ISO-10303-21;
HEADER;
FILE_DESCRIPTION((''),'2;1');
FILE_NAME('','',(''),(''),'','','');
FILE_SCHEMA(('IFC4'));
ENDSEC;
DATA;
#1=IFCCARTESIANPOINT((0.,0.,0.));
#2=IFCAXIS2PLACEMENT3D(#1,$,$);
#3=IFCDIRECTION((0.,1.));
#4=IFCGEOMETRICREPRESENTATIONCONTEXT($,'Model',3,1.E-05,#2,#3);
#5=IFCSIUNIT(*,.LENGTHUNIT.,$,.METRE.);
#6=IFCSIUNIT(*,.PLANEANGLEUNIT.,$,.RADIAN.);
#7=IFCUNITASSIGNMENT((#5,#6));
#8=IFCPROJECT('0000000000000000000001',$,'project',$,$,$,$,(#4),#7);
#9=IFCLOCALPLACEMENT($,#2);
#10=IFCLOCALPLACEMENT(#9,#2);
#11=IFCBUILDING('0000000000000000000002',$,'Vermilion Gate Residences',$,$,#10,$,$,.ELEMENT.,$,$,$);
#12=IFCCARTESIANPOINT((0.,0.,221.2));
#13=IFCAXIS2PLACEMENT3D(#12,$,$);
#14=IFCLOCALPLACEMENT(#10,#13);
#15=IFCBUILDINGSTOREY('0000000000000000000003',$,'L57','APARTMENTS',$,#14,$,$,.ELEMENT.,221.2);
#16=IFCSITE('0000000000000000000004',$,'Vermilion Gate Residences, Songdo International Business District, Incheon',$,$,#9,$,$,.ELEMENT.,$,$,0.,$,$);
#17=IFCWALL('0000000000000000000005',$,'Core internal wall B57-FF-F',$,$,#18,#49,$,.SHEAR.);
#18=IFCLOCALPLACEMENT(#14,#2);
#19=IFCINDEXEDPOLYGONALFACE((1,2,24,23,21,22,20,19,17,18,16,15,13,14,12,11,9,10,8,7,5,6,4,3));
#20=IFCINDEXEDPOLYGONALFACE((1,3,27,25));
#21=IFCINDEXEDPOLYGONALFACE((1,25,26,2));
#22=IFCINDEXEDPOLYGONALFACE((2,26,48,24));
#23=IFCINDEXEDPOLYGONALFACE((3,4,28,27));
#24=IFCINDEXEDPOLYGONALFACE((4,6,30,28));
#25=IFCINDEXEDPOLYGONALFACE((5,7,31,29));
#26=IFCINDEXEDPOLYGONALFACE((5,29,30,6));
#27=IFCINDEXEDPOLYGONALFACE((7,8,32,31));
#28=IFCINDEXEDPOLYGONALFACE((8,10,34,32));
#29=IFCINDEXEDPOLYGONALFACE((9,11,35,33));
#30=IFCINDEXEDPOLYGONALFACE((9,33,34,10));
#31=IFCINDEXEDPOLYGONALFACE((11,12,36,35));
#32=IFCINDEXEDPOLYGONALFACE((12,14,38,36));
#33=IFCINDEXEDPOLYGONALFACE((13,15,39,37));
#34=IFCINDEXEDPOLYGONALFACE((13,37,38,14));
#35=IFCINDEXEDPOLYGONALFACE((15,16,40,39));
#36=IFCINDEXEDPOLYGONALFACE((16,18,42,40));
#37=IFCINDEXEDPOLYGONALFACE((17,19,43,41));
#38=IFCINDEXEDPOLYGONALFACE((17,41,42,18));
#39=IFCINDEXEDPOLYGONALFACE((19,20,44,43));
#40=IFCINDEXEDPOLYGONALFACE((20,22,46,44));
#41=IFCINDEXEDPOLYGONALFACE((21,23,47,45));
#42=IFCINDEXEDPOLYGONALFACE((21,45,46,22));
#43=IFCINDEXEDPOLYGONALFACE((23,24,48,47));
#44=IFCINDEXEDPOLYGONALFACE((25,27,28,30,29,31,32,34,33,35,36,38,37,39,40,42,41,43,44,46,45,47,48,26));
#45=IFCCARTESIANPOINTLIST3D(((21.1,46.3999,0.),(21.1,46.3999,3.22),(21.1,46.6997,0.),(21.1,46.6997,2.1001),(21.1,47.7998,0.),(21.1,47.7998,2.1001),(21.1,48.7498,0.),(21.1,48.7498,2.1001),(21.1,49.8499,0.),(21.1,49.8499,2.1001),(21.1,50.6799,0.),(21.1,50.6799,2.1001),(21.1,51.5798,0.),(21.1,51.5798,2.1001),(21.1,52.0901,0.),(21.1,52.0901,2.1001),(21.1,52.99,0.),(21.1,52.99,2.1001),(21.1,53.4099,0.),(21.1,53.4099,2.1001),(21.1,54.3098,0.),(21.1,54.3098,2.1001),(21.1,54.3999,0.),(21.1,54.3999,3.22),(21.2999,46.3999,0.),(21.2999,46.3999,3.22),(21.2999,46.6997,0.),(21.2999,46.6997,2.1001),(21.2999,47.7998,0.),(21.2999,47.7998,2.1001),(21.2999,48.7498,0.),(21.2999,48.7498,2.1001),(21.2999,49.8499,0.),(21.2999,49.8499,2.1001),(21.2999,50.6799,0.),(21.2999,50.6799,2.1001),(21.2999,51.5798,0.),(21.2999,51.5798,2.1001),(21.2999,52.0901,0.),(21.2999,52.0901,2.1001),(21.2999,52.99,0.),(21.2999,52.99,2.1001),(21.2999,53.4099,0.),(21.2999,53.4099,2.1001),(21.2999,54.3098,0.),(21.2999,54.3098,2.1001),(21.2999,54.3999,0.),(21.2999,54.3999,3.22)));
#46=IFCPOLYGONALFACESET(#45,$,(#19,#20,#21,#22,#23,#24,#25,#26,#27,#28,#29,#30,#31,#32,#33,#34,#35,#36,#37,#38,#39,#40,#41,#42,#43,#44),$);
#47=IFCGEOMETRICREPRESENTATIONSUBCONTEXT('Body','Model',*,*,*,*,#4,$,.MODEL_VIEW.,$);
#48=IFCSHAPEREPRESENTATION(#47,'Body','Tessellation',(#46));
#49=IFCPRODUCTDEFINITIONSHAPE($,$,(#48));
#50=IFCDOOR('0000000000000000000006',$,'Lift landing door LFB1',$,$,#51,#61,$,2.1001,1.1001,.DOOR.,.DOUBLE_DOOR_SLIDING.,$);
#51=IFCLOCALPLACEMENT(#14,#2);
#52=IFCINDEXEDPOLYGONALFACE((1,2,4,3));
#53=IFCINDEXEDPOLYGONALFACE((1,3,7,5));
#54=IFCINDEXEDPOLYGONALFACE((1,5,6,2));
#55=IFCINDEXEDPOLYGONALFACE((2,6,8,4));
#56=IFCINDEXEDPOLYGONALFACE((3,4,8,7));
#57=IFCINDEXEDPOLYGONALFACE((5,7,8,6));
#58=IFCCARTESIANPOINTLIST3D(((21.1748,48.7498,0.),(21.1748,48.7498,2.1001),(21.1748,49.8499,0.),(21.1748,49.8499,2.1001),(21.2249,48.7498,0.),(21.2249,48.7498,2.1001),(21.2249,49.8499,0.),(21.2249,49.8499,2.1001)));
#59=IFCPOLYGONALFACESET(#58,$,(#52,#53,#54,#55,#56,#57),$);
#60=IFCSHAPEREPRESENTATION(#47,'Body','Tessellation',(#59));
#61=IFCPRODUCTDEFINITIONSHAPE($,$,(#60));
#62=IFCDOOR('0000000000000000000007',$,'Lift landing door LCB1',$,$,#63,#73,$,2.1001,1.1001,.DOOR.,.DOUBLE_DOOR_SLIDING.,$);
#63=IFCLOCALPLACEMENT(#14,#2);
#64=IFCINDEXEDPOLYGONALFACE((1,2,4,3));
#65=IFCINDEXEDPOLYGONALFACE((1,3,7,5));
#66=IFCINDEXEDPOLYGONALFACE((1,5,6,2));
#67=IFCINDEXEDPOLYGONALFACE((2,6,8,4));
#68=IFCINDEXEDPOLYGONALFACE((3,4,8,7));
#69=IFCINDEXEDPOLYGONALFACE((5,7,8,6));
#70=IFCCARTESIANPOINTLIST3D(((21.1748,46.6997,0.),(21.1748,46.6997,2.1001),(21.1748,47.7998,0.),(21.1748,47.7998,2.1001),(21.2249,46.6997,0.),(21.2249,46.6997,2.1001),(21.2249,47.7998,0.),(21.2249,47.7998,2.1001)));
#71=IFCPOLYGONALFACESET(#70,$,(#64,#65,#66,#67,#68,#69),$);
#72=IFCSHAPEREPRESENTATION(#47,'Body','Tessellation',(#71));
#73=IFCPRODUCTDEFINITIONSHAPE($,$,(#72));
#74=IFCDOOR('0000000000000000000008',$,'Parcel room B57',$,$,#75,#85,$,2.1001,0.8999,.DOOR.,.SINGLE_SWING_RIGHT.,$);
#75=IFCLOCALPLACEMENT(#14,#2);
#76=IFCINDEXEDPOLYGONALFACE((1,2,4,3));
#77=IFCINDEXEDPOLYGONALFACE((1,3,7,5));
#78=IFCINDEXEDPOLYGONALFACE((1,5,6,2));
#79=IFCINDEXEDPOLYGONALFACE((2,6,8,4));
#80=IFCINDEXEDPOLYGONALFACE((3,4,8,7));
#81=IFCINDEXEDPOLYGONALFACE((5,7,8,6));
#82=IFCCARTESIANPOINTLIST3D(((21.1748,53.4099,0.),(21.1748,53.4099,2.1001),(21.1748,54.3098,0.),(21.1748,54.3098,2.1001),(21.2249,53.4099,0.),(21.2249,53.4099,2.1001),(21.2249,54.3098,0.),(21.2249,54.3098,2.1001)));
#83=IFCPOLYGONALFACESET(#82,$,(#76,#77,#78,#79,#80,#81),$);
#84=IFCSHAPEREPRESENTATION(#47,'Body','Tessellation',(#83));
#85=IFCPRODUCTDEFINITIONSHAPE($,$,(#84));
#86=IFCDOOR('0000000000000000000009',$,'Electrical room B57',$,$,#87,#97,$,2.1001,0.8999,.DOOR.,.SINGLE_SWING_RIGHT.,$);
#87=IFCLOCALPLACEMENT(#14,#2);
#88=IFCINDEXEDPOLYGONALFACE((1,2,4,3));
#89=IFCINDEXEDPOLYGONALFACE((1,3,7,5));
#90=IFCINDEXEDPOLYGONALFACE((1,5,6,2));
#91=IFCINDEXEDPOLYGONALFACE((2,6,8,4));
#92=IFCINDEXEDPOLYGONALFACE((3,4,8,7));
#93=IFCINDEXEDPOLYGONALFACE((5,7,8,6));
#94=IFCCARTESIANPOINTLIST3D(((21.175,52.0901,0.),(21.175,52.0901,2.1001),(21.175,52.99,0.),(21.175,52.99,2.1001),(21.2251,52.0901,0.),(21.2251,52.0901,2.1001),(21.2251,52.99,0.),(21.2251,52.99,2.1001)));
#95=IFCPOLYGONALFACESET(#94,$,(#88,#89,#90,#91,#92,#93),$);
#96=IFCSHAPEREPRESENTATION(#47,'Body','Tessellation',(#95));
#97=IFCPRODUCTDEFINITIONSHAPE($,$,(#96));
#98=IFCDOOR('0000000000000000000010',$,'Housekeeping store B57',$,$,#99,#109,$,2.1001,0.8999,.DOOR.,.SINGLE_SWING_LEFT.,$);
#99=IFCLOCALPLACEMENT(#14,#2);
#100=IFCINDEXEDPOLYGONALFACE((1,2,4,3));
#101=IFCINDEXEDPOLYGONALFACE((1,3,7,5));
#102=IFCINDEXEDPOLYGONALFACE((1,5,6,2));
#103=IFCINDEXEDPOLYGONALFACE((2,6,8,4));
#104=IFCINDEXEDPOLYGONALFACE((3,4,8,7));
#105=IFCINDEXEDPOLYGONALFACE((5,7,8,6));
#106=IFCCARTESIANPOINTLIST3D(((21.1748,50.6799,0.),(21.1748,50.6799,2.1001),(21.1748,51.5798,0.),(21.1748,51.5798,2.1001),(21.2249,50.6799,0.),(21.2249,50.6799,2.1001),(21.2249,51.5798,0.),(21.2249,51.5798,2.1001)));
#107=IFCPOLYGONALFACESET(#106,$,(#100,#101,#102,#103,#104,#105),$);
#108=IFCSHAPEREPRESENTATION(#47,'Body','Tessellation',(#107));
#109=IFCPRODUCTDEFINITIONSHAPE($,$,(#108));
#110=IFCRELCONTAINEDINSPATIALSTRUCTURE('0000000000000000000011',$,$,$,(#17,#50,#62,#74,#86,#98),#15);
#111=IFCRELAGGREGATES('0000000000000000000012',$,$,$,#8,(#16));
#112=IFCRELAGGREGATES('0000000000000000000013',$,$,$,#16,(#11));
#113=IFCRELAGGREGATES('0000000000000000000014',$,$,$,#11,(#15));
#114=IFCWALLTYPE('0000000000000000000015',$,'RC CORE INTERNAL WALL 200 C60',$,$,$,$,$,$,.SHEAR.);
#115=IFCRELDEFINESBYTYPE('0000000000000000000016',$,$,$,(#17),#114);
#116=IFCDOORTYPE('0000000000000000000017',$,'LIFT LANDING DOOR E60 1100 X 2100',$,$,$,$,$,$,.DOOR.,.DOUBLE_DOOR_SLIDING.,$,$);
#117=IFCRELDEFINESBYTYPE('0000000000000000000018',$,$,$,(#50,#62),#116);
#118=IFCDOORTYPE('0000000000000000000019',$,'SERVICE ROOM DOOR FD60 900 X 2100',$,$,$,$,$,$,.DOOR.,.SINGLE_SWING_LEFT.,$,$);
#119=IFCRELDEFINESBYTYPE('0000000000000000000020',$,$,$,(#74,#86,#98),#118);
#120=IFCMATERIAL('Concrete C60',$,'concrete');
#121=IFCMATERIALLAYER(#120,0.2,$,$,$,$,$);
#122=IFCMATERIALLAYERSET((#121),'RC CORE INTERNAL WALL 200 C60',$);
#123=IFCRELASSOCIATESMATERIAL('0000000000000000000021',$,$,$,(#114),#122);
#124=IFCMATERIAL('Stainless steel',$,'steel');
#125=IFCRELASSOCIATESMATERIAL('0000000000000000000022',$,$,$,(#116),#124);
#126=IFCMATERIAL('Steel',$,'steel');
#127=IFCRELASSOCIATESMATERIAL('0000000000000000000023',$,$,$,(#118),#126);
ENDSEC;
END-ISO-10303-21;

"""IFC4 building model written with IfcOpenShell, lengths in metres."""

from ifc_helpers import new_model, si_unit, direction, frame, frame_2d, origin, place, context, subcontext, project, spatial, rectangle, extrude, material, layer, layer_set, type_object, element, fill, save


model = new_model("IFC4")

# Units and contexts
model_context = context("Model", 3, precision=1e-05, world=origin(), true_north=direction((0.0, 1.0)))
body_context = subcontext(model_context, "Body", "Model", "MODEL_VIEW")
ifc_project = project(units=[si_unit("LENGTHUNIT", "METRE"), si_unit("PLANEANGLEUNIT", "RADIAN")], contexts=[model_context])

# Site, building, storey
site_placement = place(None, origin())
site = spatial("IfcSite", under=ifc_project, at=site_placement, Name="Vermilion Gate Residences, Songdo International Business District, Incheon", CompositionType="ELEMENT", RefElevation=0.0)
building_placement = place(site_placement, origin())
building = spatial("IfcBuilding", under=site, at=building_placement, Name="Vermilion Gate Residences", CompositionType="ELEMENT")
storey_placement = place(building_placement, frame((0.0, 0.0, 221.2)))
storey = spatial("IfcBuildingStorey", under=building, at=storey_placement, Name="L57", Description="APARTMENTS", CompositionType="ELEMENT", Elevation=221.2)

# Shared definitions
ifc_material_1 = material(Name="Concrete C60", Category="concrete")
ifc_layer_1 = layer(ifc_material_1, 0.2)
ifc_layer_set_1 = layer_set([ifc_layer_1], Name="RC CORE INTERNAL WALL 200 C60")
wall_type_1 = type_object("IfcWallType", Name="RC CORE INTERNAL WALL 200 C60", PredefinedType="SHEAR", material=ifc_layer_set_1)

# Wall, openings, doors
wall_1_placement = place(storey_placement, frame((21.2, 54.3999, 0.0), z_axis=(0.0, 0.0, 1.0), x_axis=(0.0, -1.0, 0.0)))
wall_1 = element("IfcWall", 1, at=wall_1_placement, inside=storey, type_object=wall_type_1, Name="Core internal wall B57-FF-F", PredefinedType="SHEAR", context=body_context, shape_type="SweptSolid", body=[
    extrude(rectangle(XDim=8.0, YDim=0.2, at=frame_2d((4.0, 0.0))), origin(), (0.0, 0.0, 1.0), 3.22),
])
opening_1_placement = place(wall_1_placement, frame((0.0901, 0.0, 0.0)))
opening_1 = element("IfcOpeningElement", 2, at=opening_1_placement, cuts=wall_1, PredefinedType="OPENING", context=body_context, shape_type="SweptSolid", body=[
    extrude(rectangle(XDim=0.8999, YDim=2.1001, at=frame_2d((0.45, 1.05))), frame((0.0, 0.1099, 0.0), z_axis=(0.0, -1.0, 0.0), x_axis=(1.0, 0.0, 0.0)), (0.0, 0.0, 1.0), 0.22),
])
opening_2_placement = place(wall_1_placement, frame((1.4099, 0.0, 0.0)))
opening_2 = element("IfcOpeningElement", 3, at=opening_2_placement, cuts=wall_1, PredefinedType="OPENING", context=body_context, shape_type="SweptSolid", body=[
    extrude(rectangle(XDim=0.8999, YDim=2.1001, at=frame_2d((0.45, 1.05))), frame((0.0, 0.1099, 0.0), z_axis=(0.0, -1.0, 0.0), x_axis=(1.0, 0.0, 0.0)), (0.0, 0.0, 1.0), 0.22),
])
opening_3_placement = place(wall_1_placement, frame((2.8201, 0.0, 0.0)))
opening_3 = element("IfcOpeningElement", 4, at=opening_3_placement, cuts=wall_1, PredefinedType="OPENING", context=body_context, shape_type="SweptSolid", body=[
    extrude(rectangle(XDim=0.8999, YDim=2.1001, at=frame_2d((0.45, 1.05))), frame((0.0, 0.1099, 0.0), z_axis=(0.0, -1.0, 0.0), x_axis=(1.0, 0.0, 0.0)), (0.0, 0.0, 1.0), 0.22),
])
opening_4_placement = place(wall_1_placement, frame((4.55, 0.0, 0.0)))
opening_4 = element("IfcOpeningElement", 5, at=opening_4_placement, cuts=wall_1, PredefinedType="OPENING", context=body_context, shape_type="SweptSolid", body=[
    extrude(rectangle(XDim=1.1001, YDim=2.1001, at=frame_2d((0.55, 1.05))), frame((0.0, 0.1099, 0.0), z_axis=(0.0, -1.0, 0.0), x_axis=(1.0, 0.0, 0.0)), (0.0, 0.0, 1.0), 0.22),
])
opening_5_placement = place(wall_1_placement, frame((6.6001, 0.0, 0.0)))
opening_5 = element("IfcOpeningElement", 6, at=opening_5_placement, cuts=wall_1, PredefinedType="OPENING", context=body_context, shape_type="SweptSolid", body=[
    extrude(rectangle(XDim=1.1001, YDim=2.1001, at=frame_2d((0.55, 1.05))), frame((0.0, 0.1099, 0.0), z_axis=(0.0, -1.0, 0.0), x_axis=(1.0, 0.0, 0.0)), (0.0, 0.0, 1.0), 0.22),
])
ifc_material_2 = material(Name="Stainless steel", Category="steel")
door_type_1 = type_object("IfcDoorType", Name="LIFT LANDING DOOR E60 1100 X 2100", OperationType="DOUBLE_DOOR_SLIDING", PredefinedType="DOOR", material=ifc_material_2)
door_1_placement = place(opening_4_placement, origin())
door_1 = element("IfcDoor", 7, at=door_1_placement, inside=storey, type_object=door_type_1, Name="Lift landing door LFB1", OperationType="DOUBLE_DOOR_SLIDING", OverallHeight=2.1001, OverallWidth=1.1001, PredefinedType="DOOR", context=body_context, shape_type="SweptSolid", body=[
    extrude(rectangle(XDim=1.1001, YDim=2.1001, at=frame_2d((0.55, 1.05))), frame((0.0, 0.0249, 0.0), z_axis=(0.0, -1.0, 0.0), x_axis=(1.0, 0.0, 0.0)), (0.0, 0.0, 1.0), 0.05),
])
fill(opening_4, door_1)
door_2_placement = place(opening_5_placement, origin())
door_2 = element("IfcDoor", 8, at=door_2_placement, inside=storey, type_object=door_type_1, Name="Lift landing door LCB1", OperationType="DOUBLE_DOOR_SLIDING", OverallHeight=2.1001, OverallWidth=1.1001, PredefinedType="DOOR", context=body_context, shape_type="SweptSolid", body=[
    extrude(rectangle(XDim=1.1001, YDim=2.1001, at=frame_2d((0.55, 1.05))), frame((0.0, 0.0249, 0.0), z_axis=(0.0, -1.0, 0.0), x_axis=(1.0, 0.0, 0.0)), (0.0, 0.0, 1.0), 0.05),
])
fill(opening_5, door_2)
ifc_material_3 = material(Name="Steel", Category="steel")
door_type_2 = type_object("IfcDoorType", Name="SERVICE ROOM DOOR FD60 900 X 2100", OperationType="SINGLE_SWING_LEFT", PredefinedType="DOOR", material=ifc_material_3)
door_3_placement = place(opening_1_placement, origin())
door_3 = element("IfcDoor", 9, at=door_3_placement, inside=storey, type_object=door_type_2, Name="Parcel room B57", OperationType="SINGLE_SWING_RIGHT", OverallHeight=2.1001, OverallWidth=0.8999, PredefinedType="DOOR", context=body_context, shape_type="SweptSolid", body=[
    extrude(rectangle(XDim=0.8999, YDim=2.1001, at=frame_2d((0.45, 1.05))), frame((0.0, 0.0249, 0.0), z_axis=(0.0, -1.0, 0.0), x_axis=(1.0, 0.0, 0.0)), (0.0, 0.0, 1.0), 0.05),
])
fill(opening_1, door_3)
door_4_placement = place(opening_2_placement, frame((0.8999, 0.0, 0.0), z_axis=(0.0, 0.0, 1.0), x_axis=(-1.0, 0.0, 0.0)))
door_4 = element("IfcDoor", 10, at=door_4_placement, inside=storey, type_object=door_type_2, Name="Electrical room B57", OperationType="SINGLE_SWING_RIGHT", OverallHeight=2.1001, OverallWidth=0.8999, PredefinedType="DOOR", context=body_context, shape_type="SweptSolid", body=[
    extrude(rectangle(XDim=0.8999, YDim=2.1001, at=frame_2d((0.45, 1.05))), frame((0.0, 0.0249, 0.0), z_axis=(0.0, -1.0, 0.0), x_axis=(1.0, 0.0, 0.0)), (0.0, 0.0, 1.0), 0.05),
])
fill(opening_2, door_4)
door_5_placement = place(opening_3_placement, origin())
door_5 = element("IfcDoor", 11, at=door_5_placement, inside=storey, type_object=door_type_2, Name="Housekeeping store B57", OperationType="SINGLE_SWING_LEFT", OverallHeight=2.1001, OverallWidth=0.8999, PredefinedType="DOOR", context=body_context, shape_type="SweptSolid", body=[
    extrude(rectangle(XDim=0.8999, YDim=2.1001, at=frame_2d((0.45, 1.05))), frame((0.0, 0.0249, 0.0), z_axis=(0.0, -1.0, 0.0), x_axis=(1.0, 0.0, 0.0)), (0.0, 0.0, 1.0), 0.05),
])
fill(opening_3, door_5)

save(model, "model.ifc")
